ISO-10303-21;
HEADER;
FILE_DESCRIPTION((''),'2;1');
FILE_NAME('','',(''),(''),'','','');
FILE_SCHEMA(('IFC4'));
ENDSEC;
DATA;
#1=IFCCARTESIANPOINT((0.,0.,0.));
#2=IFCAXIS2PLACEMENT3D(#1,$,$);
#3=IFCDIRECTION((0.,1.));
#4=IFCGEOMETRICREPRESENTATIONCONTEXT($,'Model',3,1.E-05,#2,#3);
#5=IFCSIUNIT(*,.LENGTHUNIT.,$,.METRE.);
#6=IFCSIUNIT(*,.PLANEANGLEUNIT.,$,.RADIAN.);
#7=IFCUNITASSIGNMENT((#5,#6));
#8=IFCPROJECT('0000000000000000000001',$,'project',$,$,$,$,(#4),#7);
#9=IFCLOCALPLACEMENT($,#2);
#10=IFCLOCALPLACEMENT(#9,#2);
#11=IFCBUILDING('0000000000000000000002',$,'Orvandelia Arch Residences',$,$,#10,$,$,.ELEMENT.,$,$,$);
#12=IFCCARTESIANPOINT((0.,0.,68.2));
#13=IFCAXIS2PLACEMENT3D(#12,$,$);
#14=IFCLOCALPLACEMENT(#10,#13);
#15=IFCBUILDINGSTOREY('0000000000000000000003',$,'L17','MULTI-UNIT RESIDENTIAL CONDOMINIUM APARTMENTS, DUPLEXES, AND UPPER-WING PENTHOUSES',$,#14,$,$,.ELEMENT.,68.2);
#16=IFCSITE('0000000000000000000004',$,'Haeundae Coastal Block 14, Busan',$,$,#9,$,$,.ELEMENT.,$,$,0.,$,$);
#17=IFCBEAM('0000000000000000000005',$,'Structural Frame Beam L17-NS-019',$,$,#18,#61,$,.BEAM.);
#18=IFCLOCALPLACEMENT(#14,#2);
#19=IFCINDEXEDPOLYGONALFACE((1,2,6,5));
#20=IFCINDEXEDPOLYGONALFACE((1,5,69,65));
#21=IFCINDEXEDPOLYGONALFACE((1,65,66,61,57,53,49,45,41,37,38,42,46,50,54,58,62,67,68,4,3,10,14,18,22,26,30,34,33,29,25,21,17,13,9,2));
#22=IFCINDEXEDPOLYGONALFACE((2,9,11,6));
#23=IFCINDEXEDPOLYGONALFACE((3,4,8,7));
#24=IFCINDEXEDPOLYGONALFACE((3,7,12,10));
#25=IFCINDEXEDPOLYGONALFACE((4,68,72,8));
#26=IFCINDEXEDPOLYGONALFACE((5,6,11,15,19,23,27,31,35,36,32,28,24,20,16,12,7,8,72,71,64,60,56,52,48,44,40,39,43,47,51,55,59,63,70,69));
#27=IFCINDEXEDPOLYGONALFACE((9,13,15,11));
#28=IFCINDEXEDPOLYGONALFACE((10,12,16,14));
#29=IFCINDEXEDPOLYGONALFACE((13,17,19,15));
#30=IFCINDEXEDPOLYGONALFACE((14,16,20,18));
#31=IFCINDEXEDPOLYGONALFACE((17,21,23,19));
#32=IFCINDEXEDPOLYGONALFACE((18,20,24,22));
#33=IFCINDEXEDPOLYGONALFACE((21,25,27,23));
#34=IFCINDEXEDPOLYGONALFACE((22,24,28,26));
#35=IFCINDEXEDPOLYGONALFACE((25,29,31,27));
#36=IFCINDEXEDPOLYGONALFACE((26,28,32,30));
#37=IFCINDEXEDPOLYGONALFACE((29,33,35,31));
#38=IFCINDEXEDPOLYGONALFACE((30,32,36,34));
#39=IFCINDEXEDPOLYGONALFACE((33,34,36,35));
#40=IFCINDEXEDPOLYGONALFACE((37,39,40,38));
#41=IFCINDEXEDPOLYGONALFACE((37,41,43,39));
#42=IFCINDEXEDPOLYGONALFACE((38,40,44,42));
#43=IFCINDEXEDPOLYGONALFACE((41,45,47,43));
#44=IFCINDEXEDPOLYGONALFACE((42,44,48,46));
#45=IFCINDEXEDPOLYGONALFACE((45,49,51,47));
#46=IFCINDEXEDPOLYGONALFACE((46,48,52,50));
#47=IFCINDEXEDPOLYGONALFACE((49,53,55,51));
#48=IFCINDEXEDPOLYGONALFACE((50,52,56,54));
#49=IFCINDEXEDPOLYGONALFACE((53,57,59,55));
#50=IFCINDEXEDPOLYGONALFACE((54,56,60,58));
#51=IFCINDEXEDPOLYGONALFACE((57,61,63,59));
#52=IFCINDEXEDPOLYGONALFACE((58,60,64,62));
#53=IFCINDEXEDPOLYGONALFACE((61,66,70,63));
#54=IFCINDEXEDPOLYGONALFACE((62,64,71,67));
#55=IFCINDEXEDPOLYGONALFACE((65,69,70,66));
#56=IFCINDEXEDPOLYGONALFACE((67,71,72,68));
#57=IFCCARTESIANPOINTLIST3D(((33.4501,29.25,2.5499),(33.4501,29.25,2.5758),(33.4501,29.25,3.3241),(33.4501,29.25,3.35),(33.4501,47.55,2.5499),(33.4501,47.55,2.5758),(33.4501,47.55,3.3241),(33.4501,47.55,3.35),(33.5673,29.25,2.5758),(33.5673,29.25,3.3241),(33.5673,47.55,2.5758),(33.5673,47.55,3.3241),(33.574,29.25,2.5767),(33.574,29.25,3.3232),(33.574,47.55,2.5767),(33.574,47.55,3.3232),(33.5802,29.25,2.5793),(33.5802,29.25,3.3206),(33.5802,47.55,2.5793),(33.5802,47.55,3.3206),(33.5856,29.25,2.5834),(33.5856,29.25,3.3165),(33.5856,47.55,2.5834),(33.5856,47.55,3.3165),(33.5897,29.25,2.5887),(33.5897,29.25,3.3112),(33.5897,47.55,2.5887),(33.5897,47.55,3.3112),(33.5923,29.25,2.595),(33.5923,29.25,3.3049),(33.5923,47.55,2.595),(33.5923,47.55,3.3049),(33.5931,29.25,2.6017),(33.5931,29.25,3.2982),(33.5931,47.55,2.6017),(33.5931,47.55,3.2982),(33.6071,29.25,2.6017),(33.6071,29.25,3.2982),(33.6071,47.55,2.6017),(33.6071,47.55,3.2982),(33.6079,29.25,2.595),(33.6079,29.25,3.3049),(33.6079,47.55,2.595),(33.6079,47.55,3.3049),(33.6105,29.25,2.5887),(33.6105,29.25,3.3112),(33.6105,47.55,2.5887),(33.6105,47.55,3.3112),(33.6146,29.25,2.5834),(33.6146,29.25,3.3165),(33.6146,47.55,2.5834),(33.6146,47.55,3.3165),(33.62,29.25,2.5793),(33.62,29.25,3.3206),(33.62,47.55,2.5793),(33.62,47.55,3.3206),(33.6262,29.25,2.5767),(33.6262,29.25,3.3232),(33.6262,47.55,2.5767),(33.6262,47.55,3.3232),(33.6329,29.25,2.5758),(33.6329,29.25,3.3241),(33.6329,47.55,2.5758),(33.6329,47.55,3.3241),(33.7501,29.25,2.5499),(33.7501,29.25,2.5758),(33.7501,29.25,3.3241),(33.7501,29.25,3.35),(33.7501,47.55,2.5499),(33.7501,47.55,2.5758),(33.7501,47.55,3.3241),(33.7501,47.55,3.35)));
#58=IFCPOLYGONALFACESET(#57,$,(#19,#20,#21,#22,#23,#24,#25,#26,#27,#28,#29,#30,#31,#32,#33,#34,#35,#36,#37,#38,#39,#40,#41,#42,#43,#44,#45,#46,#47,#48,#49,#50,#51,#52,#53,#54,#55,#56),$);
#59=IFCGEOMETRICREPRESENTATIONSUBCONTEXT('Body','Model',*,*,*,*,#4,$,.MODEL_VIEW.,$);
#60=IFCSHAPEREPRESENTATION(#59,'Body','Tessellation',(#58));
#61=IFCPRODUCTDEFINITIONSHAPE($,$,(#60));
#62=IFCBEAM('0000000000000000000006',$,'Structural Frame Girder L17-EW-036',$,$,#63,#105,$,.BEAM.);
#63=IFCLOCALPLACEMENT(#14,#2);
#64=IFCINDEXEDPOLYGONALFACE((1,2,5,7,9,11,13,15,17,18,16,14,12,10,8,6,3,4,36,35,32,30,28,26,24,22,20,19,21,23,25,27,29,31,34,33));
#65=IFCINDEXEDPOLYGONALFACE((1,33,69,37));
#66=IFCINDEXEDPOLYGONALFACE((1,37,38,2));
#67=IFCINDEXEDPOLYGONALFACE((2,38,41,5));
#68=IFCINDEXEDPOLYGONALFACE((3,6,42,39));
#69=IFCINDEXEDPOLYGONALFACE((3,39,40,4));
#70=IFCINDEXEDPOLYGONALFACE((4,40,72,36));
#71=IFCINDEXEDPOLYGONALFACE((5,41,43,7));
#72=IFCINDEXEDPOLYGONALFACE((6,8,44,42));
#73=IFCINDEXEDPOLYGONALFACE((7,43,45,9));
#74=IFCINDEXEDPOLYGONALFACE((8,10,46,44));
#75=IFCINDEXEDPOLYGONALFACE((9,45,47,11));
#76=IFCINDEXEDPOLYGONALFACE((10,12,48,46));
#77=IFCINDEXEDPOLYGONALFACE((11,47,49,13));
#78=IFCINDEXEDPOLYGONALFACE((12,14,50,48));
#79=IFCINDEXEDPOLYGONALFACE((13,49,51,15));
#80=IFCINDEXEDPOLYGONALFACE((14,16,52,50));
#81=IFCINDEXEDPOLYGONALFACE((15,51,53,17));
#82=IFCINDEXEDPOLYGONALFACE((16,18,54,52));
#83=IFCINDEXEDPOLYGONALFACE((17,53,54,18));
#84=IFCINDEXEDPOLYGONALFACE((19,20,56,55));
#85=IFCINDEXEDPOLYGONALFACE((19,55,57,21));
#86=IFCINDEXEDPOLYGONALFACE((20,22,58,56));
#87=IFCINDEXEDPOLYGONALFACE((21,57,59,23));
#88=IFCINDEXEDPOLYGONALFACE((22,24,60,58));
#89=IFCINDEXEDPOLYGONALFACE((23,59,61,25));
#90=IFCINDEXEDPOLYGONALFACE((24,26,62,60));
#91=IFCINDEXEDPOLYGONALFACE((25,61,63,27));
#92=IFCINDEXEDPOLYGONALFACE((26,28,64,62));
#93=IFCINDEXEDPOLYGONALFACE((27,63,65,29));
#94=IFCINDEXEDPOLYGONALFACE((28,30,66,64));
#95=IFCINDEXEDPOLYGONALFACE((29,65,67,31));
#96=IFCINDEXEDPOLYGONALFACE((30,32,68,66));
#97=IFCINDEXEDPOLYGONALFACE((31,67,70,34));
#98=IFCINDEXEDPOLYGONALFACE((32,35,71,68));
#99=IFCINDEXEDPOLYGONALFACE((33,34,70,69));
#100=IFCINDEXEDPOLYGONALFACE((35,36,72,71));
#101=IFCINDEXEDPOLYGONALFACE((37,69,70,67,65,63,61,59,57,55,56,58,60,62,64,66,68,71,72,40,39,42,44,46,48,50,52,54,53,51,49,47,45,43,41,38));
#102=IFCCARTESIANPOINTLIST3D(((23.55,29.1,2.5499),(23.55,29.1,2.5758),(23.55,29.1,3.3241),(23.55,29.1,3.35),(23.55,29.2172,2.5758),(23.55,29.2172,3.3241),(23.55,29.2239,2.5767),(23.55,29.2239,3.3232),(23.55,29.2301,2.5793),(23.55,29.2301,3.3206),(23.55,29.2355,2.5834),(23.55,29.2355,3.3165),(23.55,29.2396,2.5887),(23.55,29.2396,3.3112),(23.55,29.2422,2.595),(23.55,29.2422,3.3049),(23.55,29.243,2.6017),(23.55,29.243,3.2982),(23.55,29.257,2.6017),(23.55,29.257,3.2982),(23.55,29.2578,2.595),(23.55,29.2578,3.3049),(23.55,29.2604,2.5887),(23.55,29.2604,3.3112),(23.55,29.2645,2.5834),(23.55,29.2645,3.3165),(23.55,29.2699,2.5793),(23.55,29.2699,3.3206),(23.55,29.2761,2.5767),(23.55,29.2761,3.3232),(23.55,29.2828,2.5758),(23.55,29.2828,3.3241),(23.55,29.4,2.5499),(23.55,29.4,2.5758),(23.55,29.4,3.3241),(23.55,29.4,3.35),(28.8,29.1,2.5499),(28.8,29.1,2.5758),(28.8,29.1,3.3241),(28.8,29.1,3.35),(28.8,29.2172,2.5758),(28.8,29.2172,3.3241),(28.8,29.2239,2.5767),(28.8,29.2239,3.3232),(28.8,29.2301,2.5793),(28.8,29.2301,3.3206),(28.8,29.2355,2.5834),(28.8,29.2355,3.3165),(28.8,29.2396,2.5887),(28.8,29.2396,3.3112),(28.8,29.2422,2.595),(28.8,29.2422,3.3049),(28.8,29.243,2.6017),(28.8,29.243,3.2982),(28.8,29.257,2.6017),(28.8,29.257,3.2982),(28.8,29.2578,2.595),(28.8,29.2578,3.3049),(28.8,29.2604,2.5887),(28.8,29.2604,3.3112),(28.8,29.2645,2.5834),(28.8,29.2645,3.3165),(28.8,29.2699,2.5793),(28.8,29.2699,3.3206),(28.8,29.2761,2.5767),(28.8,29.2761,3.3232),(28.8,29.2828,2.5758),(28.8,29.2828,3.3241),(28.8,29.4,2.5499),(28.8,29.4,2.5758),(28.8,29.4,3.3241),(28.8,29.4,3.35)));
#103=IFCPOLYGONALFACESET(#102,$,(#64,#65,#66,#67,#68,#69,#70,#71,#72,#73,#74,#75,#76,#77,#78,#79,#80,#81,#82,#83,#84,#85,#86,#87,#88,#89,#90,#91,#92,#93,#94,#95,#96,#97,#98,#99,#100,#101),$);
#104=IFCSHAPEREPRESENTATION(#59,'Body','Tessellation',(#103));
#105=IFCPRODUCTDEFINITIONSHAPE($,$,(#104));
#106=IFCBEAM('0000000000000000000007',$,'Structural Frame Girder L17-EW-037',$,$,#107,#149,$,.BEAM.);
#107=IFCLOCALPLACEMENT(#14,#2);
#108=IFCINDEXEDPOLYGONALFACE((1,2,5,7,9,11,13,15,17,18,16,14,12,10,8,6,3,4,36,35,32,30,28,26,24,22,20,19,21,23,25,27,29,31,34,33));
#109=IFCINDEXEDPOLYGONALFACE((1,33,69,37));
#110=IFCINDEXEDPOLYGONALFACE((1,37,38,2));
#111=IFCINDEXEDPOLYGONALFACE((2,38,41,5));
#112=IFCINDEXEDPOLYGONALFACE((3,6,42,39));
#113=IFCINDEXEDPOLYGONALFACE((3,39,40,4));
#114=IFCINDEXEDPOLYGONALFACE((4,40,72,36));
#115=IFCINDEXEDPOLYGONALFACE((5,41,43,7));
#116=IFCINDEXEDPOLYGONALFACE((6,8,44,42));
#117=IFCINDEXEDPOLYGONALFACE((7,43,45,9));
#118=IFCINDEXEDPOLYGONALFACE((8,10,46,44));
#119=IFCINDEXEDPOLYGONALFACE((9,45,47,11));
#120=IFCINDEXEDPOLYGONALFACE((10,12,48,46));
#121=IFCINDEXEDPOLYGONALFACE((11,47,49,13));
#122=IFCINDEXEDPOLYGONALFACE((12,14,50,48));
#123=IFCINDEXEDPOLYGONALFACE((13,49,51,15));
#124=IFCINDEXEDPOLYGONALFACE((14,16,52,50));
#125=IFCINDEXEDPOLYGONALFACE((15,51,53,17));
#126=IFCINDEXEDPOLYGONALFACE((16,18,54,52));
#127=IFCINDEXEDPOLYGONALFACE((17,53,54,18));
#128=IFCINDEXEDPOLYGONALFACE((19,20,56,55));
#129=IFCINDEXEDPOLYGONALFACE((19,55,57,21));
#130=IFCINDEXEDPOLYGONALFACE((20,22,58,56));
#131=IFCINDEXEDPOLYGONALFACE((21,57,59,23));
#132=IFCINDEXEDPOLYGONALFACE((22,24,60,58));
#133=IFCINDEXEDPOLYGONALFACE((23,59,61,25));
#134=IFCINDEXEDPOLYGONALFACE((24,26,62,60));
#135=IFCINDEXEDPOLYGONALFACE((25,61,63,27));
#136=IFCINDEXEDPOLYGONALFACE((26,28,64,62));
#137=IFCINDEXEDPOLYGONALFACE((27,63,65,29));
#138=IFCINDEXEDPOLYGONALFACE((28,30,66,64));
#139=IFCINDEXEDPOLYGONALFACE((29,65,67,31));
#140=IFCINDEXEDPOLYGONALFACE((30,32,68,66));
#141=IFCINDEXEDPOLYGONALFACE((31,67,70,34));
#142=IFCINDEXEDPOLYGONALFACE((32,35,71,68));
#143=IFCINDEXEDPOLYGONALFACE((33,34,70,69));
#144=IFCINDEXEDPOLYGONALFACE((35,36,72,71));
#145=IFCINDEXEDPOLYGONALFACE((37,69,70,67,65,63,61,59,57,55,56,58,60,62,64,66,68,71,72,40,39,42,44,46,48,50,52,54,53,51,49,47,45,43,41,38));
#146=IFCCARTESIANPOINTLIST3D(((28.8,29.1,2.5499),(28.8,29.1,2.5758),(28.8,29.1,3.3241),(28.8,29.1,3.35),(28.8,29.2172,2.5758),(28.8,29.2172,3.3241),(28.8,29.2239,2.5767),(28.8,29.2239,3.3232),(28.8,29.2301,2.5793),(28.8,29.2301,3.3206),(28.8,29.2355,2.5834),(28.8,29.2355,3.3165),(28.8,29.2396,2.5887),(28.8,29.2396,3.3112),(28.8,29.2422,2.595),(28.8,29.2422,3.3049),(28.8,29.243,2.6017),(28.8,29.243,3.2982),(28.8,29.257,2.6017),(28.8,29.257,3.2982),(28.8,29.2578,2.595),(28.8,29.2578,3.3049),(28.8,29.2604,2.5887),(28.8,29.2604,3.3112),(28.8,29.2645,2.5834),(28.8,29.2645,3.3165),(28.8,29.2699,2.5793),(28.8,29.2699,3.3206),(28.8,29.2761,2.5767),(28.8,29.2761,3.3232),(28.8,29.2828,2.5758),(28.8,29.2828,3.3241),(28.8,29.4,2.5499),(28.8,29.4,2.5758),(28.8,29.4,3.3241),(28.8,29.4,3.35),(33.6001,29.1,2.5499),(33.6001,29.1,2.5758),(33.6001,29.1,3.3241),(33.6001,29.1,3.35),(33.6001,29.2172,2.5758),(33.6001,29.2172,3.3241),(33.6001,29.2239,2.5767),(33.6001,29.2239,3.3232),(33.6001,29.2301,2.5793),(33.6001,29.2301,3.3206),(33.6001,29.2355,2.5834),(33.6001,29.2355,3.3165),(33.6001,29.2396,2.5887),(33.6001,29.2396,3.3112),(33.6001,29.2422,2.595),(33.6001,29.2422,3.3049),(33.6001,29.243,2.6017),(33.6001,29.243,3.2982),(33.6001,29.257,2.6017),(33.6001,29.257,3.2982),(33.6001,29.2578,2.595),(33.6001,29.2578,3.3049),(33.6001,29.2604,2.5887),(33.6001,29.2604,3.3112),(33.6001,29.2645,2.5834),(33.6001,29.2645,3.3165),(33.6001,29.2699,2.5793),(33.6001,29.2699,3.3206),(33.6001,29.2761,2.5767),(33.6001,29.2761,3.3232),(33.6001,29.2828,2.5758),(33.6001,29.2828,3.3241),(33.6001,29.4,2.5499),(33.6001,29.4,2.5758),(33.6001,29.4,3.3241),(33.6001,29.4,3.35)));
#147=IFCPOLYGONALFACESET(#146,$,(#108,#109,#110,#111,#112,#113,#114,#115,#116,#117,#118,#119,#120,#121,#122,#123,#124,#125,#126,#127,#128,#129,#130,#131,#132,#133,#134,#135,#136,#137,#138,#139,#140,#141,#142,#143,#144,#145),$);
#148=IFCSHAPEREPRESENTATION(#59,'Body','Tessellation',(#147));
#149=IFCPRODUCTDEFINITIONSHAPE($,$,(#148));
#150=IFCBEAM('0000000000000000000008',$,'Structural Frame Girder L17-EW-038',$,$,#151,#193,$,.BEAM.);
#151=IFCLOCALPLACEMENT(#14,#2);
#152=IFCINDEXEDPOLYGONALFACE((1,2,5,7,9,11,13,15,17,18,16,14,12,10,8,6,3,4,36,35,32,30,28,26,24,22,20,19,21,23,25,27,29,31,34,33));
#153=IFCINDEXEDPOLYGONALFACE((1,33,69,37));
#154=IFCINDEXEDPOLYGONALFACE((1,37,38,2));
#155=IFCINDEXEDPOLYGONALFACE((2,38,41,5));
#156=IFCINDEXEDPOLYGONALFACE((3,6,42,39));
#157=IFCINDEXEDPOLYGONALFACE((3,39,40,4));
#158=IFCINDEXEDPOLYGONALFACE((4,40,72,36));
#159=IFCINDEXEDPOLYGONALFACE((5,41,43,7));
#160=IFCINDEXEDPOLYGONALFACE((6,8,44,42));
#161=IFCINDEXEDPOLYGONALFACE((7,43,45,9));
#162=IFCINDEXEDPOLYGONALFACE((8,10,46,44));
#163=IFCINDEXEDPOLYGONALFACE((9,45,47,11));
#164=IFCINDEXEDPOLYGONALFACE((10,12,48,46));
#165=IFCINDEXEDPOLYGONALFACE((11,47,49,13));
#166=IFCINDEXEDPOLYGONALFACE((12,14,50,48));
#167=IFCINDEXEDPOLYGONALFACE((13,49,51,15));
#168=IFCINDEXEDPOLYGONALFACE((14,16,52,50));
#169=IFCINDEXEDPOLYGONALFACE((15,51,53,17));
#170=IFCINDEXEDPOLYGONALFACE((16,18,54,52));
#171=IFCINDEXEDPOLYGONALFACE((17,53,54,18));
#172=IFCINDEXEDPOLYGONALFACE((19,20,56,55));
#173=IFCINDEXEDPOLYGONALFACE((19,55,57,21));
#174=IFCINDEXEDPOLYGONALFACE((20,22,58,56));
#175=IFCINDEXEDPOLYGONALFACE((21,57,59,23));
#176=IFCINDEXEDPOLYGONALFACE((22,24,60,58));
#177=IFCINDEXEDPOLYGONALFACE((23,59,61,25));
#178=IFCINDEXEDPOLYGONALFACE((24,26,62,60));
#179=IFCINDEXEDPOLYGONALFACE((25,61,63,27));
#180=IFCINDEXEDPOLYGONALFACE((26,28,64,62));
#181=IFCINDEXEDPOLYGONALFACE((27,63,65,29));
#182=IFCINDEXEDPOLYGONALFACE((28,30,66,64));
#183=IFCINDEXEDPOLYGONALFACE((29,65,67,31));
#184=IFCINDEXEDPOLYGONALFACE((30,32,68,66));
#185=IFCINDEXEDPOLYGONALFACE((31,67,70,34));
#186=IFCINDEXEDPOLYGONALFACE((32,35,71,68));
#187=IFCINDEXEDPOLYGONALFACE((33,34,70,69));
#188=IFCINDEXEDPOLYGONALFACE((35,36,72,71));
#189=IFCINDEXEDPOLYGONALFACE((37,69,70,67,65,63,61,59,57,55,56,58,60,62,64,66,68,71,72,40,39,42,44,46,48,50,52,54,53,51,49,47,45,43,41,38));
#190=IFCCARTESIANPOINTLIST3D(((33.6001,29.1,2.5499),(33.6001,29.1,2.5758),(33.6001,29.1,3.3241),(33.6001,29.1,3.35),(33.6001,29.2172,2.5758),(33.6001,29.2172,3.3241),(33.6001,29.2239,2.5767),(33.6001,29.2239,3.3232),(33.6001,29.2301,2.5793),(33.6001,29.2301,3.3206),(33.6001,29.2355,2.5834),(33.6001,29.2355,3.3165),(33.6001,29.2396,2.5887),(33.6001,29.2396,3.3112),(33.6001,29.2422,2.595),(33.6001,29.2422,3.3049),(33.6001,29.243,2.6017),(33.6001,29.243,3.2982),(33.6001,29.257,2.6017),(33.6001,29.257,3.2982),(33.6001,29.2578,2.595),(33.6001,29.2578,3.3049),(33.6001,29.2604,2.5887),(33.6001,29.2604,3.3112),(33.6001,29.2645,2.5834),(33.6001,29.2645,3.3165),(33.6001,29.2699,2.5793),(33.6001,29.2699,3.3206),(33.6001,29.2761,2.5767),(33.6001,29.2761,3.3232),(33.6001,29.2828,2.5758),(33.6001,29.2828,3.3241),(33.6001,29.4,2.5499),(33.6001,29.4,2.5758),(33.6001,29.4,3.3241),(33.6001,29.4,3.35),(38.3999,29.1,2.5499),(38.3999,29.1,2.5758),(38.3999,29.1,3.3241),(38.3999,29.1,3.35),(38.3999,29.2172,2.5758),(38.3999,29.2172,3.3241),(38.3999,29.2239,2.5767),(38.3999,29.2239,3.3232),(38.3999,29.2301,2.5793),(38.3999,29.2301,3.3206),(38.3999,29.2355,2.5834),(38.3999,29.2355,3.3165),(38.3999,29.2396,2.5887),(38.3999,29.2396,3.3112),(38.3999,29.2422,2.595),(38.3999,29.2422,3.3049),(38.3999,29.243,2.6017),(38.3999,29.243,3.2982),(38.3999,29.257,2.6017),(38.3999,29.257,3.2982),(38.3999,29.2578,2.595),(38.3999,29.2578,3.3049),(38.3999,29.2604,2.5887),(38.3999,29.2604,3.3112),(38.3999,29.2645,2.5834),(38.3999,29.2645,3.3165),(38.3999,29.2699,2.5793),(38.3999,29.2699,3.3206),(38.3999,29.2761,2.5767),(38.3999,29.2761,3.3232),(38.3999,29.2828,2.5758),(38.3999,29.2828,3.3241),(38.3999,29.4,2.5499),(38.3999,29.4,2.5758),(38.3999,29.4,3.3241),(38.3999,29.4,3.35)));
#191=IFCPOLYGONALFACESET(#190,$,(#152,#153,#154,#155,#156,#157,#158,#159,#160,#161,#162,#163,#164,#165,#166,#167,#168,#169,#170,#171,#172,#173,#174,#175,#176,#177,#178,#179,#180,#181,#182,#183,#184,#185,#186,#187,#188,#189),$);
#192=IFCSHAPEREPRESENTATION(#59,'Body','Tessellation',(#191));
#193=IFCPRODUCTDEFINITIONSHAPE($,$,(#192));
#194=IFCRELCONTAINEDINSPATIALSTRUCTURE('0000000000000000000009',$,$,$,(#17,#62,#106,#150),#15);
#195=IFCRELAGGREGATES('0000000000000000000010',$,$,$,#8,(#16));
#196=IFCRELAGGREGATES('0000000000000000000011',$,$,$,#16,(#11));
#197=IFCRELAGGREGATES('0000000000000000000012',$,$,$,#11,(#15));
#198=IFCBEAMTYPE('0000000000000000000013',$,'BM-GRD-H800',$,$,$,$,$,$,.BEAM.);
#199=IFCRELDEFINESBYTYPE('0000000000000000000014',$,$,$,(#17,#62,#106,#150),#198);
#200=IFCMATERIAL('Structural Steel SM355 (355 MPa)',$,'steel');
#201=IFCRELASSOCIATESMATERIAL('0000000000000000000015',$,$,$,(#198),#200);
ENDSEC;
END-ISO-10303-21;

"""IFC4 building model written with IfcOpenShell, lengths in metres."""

from ifc_helpers import new_model, si_unit, direction, frame, origin, origin_2d, place, context, subcontext, project, spatial, i_section, extrude, material, material_profile, profile_set, type_object, element, save


model = new_model("IFC4")

# Units and contexts
model_context = context("Model", 3, precision=1e-05, world=origin(), true_north=direction((0.0, 1.0)))
body_context = subcontext(model_context, "Body", "Model", "MODEL_VIEW")
ifc_project = project(units=[si_unit("LENGTHUNIT", "METRE"), si_unit("PLANEANGLEUNIT", "RADIAN")], contexts=[model_context])

# Site, building, storey
site_placement = place(None, origin())
site = spatial("IfcSite", under=ifc_project, at=site_placement, Name="Haeundae Coastal Block 14, Busan", CompositionType="ELEMENT", RefElevation=0.0)
building_placement = place(site_placement, origin())
building = spatial("IfcBuilding", under=site, at=building_placement, Name="Orvandelia Arch Residences", CompositionType="ELEMENT")
storey_placement = place(building_placement, frame((0.0, 0.0, 68.2)))
storey = spatial("IfcBuildingStorey", under=building, at=storey_placement, Name="L17", Description="MULTI-UNIT RESIDENTIAL CONDOMINIUM APARTMENTS, DUPLEXES, AND UPPER-WING PENTHOUSES", CompositionType="ELEMENT", Elevation=68.2)

# Beams
ifc_material_1 = material(Name="Structural Steel SM355 (355 MPa)", Category="steel")
ifc_material_profile_1 = material_profile(ifc_material_1, i_section(OverallWidth=0.3, OverallDepth=0.8, WebThickness=0.0139, FlangeThickness=0.0259, FilletRadius=0.0259, at=origin_2d()), Name="Structural Steel SM355 (355 MPa)", Category="steel")
ifc_profile_set_1 = profile_set([ifc_material_profile_1], Name="Structural Steel SM355 (355 MPa)")
beam_type = type_object("IfcBeamType", Name="BM-GRD-H800", PredefinedType="BEAM", material=ifc_profile_set_1)
for number, where, z_axis, x_axis, name in (
    (1, (33.6001, 29.25, 2.95), (0.0, 1.0, 0.0), (-1.0, 0.0, 0.0), "Structural Frame Beam L17-NS-019"),
):
    element("IfcBeam", number, at=place(storey_placement, frame(where, z_axis=z_axis, x_axis=x_axis)), inside=storey, type_object=beam_type, Name=name, PredefinedType="BEAM", context=body_context, shape_type="SweptSolid", body=[
        extrude(i_section(OverallWidth=0.3, OverallDepth=0.8, WebThickness=0.0139, FlangeThickness=0.0259, FilletRadius=0.0259, at=origin_2d()), origin(), (0.0, 0.0, 1.0), 18.3),
    ])
beam_1_placement = place(storey_placement, frame((23.55, 29.25, 2.95), z_axis=(1.0, 0.0, 0.0), x_axis=(0.0, 1.0, 0.0)))
element("IfcBeam", 2, at=beam_1_placement, inside=storey, type_object=beam_type, Name="Structural Frame Girder L17-EW-036", PredefinedType="BEAM", context=body_context, shape_type="SweptSolid", body=[
    extrude(i_section(OverallWidth=0.3, OverallDepth=0.8, WebThickness=0.0139, FlangeThickness=0.0259, FilletRadius=0.0259, at=origin_2d()), origin(), (0.0, 0.0, 1.0), 5.25),
])
beam_2_placement = place(storey_placement, frame((28.8, 29.25, 2.95), z_axis=(1.0, 0.0, 0.0), x_axis=(0.0, 1.0, 0.0)))
element("IfcBeam", 3, at=beam_2_placement, inside=storey, type_object=beam_type, Name="Structural Frame Girder L17-EW-037", PredefinedType="BEAM", context=body_context, shape_type="SweptSolid", body=[
    extrude(i_section(OverallWidth=0.3, OverallDepth=0.8, WebThickness=0.0139, FlangeThickness=0.0259, FilletRadius=0.0259, at=origin_2d()), origin(), (0.0, 0.0, 1.0), 4.8),
])
beam_3_placement = place(storey_placement, frame((33.6001, 29.25, 2.95), z_axis=(1.0, 0.0, 0.0), x_axis=(0.0, 1.0, 0.0)))
element("IfcBeam", 4, at=beam_3_placement, inside=storey, type_object=beam_type, Name="Structural Frame Girder L17-EW-038", PredefinedType="BEAM", context=body_context, shape_type="SweptSolid", body=[
    extrude(i_section(OverallWidth=0.3, OverallDepth=0.8, WebThickness=0.0139, FlangeThickness=0.0259, FilletRadius=0.0259, at=origin_2d()), origin(), (0.0, 0.0, 1.0), 4.7998),
])

save(model, "model.ifc")
